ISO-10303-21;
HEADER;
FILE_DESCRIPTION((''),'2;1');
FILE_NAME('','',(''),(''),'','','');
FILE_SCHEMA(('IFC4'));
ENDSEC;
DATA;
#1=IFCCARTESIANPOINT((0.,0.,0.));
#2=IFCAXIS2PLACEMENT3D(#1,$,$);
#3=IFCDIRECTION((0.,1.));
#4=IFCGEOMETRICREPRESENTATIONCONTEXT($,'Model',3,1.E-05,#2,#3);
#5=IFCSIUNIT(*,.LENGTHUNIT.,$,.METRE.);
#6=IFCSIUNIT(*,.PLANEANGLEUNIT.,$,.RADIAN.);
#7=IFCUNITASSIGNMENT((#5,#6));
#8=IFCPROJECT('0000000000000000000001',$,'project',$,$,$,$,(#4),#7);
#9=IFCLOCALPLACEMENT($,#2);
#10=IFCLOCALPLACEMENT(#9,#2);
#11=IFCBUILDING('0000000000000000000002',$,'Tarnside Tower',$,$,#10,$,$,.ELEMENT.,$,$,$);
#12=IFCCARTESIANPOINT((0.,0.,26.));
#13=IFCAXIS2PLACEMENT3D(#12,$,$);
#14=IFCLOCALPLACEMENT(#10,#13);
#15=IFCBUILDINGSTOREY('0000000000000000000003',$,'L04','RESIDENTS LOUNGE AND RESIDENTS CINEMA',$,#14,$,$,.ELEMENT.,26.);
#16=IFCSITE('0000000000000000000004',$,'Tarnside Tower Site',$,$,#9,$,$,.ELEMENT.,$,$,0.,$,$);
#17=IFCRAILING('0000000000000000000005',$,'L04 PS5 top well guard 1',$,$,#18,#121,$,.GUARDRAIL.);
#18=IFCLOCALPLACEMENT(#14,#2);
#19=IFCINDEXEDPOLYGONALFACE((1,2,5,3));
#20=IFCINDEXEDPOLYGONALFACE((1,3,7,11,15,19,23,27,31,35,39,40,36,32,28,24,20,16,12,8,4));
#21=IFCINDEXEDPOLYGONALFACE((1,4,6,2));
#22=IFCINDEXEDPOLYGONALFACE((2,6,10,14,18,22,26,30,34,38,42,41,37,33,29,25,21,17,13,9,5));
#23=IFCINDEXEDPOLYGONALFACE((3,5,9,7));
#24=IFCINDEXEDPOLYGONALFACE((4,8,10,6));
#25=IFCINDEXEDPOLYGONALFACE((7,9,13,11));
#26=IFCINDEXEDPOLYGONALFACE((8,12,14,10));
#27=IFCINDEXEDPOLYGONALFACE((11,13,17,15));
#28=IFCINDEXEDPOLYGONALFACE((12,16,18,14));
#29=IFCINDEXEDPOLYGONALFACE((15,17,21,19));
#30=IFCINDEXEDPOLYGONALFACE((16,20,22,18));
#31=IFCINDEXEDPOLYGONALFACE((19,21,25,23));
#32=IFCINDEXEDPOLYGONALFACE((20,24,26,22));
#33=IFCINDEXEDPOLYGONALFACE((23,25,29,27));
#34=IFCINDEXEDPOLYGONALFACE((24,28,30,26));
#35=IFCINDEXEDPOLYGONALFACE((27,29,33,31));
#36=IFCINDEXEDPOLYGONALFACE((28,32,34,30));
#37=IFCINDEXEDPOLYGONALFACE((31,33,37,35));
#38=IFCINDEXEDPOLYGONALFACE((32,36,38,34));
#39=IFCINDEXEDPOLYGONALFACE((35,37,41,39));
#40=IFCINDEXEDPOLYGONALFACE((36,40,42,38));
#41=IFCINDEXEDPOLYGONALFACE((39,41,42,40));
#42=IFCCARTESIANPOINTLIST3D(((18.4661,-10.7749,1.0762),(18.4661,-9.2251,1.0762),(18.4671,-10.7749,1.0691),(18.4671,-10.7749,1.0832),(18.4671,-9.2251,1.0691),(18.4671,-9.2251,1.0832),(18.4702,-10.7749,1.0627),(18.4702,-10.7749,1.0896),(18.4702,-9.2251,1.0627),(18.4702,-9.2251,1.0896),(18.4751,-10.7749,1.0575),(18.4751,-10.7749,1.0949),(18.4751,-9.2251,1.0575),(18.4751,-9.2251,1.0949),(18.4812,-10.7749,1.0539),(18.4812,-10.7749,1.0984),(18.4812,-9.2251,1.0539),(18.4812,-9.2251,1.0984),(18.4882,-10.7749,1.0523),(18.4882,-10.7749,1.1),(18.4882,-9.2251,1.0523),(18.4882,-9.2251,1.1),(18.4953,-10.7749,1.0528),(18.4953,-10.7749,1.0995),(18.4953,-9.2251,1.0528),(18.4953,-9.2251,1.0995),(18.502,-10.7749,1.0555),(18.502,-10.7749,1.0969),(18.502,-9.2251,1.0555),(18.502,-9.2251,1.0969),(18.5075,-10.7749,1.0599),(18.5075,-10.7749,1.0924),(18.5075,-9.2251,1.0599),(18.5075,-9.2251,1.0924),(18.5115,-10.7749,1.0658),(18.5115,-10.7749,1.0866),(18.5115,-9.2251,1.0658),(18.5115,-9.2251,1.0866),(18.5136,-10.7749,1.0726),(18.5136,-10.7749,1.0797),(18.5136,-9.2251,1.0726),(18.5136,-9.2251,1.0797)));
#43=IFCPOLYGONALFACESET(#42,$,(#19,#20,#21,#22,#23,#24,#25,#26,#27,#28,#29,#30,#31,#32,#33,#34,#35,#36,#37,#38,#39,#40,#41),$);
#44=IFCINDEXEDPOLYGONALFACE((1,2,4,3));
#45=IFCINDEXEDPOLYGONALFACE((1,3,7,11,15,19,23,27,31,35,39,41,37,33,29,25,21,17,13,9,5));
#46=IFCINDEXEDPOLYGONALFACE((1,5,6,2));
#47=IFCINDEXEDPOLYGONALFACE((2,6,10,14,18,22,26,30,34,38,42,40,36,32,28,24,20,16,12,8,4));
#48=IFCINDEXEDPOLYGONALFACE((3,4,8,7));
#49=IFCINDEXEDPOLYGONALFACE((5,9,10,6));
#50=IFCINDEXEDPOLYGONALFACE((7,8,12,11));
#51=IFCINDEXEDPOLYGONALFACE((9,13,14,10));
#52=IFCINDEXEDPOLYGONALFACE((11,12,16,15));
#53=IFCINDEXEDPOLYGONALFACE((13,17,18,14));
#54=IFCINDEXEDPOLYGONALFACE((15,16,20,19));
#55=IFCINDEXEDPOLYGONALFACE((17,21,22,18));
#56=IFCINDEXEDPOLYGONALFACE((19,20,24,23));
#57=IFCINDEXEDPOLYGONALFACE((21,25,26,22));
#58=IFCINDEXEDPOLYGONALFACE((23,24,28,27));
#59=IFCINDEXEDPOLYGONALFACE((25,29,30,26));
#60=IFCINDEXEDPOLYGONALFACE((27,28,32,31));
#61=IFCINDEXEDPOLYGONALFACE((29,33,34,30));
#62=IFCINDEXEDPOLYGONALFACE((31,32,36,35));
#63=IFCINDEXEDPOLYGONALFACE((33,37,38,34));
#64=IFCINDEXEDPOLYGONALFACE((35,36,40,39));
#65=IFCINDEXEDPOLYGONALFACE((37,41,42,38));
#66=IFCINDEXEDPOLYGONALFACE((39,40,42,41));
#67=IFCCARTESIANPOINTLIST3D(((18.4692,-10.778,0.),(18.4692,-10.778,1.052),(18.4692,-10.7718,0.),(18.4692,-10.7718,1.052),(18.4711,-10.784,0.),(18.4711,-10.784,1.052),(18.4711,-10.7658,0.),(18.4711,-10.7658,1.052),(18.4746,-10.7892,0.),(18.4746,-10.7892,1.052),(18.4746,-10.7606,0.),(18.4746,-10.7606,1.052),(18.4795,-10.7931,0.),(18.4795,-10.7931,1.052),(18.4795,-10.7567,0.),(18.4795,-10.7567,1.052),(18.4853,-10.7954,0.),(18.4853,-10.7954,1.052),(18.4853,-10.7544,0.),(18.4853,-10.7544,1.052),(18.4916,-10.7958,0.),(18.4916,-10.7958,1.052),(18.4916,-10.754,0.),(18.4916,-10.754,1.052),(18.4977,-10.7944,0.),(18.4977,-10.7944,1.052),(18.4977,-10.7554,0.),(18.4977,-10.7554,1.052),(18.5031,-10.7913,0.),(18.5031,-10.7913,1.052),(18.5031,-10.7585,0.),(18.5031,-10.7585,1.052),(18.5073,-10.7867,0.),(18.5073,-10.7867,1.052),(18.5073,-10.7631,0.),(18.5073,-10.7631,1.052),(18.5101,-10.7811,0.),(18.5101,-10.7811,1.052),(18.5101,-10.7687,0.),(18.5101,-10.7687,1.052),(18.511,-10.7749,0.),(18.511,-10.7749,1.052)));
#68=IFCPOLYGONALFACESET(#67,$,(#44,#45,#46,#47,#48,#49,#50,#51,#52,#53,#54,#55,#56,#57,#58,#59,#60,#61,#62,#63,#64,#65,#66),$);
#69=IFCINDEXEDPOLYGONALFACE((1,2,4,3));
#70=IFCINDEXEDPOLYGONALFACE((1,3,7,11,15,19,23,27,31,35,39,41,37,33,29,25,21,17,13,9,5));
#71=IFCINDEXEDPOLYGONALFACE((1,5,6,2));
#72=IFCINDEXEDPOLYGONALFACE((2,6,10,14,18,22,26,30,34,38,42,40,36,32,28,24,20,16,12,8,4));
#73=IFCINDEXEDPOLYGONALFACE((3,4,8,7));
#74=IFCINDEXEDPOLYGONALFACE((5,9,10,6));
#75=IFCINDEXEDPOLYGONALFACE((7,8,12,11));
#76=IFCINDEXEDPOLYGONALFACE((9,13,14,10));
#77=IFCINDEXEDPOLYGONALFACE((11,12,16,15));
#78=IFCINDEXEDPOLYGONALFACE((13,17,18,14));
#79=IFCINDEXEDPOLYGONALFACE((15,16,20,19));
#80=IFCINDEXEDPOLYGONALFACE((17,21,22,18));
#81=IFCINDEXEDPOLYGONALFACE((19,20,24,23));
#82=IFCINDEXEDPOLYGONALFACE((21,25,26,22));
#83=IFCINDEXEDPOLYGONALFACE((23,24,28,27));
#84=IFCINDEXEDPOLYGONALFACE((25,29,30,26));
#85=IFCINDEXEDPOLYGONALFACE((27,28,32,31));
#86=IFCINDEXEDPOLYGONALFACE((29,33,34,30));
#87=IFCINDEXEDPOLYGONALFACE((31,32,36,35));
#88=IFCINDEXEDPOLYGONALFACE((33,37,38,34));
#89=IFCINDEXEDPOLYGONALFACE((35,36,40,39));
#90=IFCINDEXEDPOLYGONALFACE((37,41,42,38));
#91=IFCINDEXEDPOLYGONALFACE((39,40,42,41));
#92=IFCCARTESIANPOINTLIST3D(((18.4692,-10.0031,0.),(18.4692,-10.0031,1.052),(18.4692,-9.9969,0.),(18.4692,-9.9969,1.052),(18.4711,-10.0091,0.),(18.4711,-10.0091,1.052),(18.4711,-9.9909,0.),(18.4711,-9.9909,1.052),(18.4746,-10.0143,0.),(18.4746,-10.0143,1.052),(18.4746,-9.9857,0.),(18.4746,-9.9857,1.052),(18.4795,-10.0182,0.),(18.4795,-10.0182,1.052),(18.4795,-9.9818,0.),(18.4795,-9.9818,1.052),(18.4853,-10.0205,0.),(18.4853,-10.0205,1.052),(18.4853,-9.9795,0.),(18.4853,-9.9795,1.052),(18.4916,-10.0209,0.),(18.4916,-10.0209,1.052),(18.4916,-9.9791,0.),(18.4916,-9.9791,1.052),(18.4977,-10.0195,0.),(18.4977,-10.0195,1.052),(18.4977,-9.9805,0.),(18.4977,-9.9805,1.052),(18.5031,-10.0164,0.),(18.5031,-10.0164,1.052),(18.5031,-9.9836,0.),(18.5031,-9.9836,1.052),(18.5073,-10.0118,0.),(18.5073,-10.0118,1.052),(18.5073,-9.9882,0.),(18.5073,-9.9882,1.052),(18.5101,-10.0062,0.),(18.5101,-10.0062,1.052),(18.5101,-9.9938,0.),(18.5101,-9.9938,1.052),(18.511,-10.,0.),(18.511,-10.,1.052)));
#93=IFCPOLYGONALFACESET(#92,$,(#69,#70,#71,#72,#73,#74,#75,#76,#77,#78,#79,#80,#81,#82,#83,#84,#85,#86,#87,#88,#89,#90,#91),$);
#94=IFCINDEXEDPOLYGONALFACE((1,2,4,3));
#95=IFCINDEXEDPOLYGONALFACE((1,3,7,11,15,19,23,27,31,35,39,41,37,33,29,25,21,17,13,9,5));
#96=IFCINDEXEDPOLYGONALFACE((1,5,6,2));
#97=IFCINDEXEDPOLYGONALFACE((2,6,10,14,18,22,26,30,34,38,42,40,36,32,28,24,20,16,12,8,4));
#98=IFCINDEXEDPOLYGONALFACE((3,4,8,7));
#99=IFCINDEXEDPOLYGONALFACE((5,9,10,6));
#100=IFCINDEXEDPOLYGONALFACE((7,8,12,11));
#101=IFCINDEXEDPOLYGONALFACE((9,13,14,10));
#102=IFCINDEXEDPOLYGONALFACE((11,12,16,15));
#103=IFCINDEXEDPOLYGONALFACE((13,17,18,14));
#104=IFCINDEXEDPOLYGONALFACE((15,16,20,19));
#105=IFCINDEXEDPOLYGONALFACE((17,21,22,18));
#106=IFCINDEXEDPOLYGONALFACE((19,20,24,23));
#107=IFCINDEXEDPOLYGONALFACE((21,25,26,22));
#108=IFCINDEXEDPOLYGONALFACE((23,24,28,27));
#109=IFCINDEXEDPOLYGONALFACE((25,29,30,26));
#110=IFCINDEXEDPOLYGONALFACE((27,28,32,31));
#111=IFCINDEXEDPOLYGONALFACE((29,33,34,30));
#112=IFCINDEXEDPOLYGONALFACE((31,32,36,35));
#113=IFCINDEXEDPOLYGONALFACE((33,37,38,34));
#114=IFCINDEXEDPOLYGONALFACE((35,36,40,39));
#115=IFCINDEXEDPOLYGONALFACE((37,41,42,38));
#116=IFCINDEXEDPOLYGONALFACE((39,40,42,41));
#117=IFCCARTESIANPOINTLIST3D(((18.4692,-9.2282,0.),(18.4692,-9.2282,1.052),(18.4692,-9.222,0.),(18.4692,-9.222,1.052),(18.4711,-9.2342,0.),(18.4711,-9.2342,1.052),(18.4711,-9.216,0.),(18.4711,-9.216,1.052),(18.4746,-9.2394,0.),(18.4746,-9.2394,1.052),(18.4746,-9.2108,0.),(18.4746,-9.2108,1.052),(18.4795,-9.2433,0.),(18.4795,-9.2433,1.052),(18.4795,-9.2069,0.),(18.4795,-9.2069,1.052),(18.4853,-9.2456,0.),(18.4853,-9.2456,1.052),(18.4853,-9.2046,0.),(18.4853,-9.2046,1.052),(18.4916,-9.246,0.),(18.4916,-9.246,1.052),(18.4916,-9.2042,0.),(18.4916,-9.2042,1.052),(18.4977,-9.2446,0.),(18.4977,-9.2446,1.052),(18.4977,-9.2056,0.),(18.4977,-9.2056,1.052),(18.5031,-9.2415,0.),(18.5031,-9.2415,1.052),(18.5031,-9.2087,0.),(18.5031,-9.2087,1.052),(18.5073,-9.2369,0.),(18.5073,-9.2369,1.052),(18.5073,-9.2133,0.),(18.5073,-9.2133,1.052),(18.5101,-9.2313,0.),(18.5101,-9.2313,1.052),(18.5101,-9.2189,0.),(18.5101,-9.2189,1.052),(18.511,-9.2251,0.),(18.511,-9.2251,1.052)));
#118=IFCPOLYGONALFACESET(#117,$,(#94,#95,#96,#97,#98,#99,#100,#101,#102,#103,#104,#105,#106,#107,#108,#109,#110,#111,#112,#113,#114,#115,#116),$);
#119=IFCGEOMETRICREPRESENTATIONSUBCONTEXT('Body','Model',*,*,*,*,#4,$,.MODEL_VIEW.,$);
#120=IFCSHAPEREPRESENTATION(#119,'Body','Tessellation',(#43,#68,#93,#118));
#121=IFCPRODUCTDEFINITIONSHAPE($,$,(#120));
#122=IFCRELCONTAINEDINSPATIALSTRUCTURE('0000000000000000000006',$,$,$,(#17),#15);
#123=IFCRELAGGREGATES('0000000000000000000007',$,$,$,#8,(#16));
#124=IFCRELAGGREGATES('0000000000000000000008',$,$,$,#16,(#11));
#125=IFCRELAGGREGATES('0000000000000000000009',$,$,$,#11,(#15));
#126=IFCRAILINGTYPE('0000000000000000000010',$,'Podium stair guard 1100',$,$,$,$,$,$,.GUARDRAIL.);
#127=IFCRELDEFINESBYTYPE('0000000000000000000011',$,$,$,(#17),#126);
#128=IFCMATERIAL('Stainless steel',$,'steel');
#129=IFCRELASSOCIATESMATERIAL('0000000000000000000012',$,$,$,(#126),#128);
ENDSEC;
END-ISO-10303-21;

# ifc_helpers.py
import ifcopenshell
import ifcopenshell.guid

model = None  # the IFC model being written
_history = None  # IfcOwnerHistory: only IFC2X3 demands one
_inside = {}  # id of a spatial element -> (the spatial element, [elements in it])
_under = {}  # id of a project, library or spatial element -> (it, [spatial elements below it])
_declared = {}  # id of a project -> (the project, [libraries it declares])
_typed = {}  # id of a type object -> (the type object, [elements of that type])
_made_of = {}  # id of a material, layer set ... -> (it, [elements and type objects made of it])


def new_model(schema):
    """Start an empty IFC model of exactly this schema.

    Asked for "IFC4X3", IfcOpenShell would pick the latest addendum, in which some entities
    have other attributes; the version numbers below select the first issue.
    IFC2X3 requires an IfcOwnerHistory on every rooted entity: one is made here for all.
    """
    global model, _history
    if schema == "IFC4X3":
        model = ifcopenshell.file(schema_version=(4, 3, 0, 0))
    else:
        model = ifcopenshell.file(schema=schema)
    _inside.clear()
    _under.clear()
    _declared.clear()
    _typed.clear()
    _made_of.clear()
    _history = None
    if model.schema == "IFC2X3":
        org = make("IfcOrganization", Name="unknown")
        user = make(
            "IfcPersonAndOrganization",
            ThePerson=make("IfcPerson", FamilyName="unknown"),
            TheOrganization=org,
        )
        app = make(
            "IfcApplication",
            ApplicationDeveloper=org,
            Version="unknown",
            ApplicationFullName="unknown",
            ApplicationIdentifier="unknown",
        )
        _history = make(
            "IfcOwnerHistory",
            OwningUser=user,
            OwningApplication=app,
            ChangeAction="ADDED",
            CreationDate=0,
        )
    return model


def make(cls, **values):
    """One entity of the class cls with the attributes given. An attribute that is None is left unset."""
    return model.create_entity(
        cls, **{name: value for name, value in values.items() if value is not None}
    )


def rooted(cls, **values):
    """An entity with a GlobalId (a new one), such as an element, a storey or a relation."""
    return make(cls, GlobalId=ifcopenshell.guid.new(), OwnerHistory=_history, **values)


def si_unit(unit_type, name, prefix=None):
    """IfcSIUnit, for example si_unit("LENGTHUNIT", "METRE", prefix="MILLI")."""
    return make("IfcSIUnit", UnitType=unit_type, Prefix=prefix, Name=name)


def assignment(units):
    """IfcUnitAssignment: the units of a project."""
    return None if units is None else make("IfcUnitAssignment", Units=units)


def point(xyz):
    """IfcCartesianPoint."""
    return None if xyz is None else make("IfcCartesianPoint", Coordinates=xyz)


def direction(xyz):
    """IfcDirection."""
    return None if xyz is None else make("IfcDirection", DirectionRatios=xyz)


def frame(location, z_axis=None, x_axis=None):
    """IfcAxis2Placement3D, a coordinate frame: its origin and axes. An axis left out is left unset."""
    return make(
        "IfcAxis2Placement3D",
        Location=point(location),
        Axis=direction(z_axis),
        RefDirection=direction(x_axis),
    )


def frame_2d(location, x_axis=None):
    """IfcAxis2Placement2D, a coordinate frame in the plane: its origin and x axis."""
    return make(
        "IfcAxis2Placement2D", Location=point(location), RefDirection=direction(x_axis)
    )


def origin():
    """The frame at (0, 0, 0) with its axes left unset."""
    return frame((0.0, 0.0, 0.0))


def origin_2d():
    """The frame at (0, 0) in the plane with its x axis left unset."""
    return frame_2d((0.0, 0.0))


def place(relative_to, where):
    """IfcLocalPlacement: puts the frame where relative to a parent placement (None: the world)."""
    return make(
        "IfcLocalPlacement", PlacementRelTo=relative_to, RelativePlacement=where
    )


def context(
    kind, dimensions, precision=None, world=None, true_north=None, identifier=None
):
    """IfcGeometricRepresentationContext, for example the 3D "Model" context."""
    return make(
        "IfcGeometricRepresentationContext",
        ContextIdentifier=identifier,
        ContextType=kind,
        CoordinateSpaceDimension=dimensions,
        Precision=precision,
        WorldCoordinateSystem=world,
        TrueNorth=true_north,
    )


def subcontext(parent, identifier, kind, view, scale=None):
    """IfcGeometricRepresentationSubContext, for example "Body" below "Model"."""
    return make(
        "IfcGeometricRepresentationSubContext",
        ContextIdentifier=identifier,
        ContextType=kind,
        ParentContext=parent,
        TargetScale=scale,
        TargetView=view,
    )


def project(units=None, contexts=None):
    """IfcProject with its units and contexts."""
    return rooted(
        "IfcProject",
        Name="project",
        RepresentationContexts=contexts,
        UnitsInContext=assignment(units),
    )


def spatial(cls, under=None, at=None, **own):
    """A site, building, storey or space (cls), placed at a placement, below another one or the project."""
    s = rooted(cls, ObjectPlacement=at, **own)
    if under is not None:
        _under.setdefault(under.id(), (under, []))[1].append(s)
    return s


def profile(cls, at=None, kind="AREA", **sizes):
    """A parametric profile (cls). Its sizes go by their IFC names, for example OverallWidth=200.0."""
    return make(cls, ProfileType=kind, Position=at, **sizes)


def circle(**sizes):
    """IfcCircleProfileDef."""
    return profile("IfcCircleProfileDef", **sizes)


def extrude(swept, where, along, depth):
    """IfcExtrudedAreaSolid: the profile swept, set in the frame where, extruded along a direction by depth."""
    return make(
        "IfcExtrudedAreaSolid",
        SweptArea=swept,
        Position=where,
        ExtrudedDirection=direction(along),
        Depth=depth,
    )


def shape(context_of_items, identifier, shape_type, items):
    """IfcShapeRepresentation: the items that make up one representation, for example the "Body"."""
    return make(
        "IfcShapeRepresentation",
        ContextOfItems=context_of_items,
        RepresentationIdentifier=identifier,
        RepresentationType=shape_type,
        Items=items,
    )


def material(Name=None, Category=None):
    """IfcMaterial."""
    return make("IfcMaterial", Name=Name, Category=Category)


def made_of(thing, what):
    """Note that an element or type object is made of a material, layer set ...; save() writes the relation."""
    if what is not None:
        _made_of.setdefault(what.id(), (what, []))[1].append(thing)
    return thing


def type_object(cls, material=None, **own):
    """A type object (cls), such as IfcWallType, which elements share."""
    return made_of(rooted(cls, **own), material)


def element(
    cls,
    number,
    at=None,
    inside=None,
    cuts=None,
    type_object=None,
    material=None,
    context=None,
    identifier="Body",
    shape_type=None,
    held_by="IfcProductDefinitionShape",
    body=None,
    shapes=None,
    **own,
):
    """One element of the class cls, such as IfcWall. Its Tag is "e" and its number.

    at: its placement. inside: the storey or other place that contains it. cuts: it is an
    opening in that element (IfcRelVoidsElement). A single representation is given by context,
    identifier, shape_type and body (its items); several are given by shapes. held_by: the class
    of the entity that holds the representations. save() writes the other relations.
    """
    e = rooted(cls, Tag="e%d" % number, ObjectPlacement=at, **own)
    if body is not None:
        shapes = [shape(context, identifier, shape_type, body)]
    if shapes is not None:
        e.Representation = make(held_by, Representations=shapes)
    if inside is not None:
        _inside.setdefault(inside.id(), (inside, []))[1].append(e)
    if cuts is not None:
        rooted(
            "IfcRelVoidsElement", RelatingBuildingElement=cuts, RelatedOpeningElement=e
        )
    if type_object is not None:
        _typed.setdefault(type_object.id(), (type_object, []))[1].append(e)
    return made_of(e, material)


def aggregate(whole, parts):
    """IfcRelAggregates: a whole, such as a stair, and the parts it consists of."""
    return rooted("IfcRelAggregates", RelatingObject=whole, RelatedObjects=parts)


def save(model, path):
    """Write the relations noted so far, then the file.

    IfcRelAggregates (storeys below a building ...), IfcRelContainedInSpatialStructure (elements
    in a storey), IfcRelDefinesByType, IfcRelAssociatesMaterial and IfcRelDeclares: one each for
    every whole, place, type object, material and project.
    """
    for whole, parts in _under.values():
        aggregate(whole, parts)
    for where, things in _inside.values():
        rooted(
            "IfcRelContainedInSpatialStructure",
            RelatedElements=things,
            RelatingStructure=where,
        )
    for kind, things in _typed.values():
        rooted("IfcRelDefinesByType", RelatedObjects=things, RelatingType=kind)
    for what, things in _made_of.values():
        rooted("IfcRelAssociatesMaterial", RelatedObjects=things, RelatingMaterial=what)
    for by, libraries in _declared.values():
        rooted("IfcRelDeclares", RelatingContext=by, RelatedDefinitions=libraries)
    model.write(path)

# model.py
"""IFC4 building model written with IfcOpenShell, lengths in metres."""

from ifc_helpers import new_model, si_unit, direction, frame, origin, origin_2d, place, context, subcontext, project, spatial, circle, extrude, material, type_object, element, save


model = new_model("IFC4")

# Units and contexts
model_context = context("Model", 3, precision=1e-05, world=origin(), true_north=direction((0.0, 1.0)))
body_context = subcontext(model_context, "Body", "Model", "MODEL_VIEW")
ifc_project = project(units=[si_unit("LENGTHUNIT", "METRE"), si_unit("PLANEANGLEUNIT", "RADIAN")], contexts=[model_context])

# Site, building, storey
site_placement = place(None, origin())
site = spatial("IfcSite", under=ifc_project, at=site_placement, Name="Tarnside Tower Site", CompositionType="ELEMENT", RefElevation=0.0)
building_placement = place(site_placement, origin())
building = spatial("IfcBuilding", under=site, at=building_placement, Name="Tarnside Tower", CompositionType="ELEMENT")
storey_placement = place(building_placement, frame((0.0, 0.0, 26.0)))
storey = spatial("IfcBuildingStorey", under=building, at=storey_placement, Name="L04", Description="RESIDENTS LOUNGE AND RESIDENTS CINEMA", CompositionType="ELEMENT", Elevation=26.0)

# Railing
ifc_material_1 = material(Name="Stainless steel", Category="steel")
railing_type = type_object("IfcRailingType", Name="Podium stair guard 1100", PredefinedType="GUARDRAIL", material=ifc_material_1)
railing_1_placement = place(storey_placement, frame((18.49, -10.7749, 0.0)))
element("IfcRailing", 1, at=railing_1_placement, inside=storey, type_object=railing_type, Name="L04 PS5 top well guard 1", PredefinedType="GUARDRAIL", context=body_context, shape_type="SweptSolid", body=[
    extrude(circle(Radius=0.0239, at=origin_2d()), frame((0.0, 0.0, 1.0762), z_axis=(0.0, 1.0, 0.0), x_axis=(-1.0, 0.0, 0.0)), (0.0, 0.0, 1.0), 1.5498),
    extrude(circle(Radius=0.021, at=origin_2d()), origin(), (0.0, 0.0, 1.0), 1.052),
    extrude(circle(Radius=0.021, at=origin_2d()), frame((0.0, 0.7749, 0.0)), (0.0, 0.0, 1.0), 1.052),
    extrude(circle(Radius=0.021, at=origin_2d()), frame((0.0, 1.5498, 0.0)), (0.0, 0.0, 1.0), 1.052),
])

save(model, "model.ifc")
